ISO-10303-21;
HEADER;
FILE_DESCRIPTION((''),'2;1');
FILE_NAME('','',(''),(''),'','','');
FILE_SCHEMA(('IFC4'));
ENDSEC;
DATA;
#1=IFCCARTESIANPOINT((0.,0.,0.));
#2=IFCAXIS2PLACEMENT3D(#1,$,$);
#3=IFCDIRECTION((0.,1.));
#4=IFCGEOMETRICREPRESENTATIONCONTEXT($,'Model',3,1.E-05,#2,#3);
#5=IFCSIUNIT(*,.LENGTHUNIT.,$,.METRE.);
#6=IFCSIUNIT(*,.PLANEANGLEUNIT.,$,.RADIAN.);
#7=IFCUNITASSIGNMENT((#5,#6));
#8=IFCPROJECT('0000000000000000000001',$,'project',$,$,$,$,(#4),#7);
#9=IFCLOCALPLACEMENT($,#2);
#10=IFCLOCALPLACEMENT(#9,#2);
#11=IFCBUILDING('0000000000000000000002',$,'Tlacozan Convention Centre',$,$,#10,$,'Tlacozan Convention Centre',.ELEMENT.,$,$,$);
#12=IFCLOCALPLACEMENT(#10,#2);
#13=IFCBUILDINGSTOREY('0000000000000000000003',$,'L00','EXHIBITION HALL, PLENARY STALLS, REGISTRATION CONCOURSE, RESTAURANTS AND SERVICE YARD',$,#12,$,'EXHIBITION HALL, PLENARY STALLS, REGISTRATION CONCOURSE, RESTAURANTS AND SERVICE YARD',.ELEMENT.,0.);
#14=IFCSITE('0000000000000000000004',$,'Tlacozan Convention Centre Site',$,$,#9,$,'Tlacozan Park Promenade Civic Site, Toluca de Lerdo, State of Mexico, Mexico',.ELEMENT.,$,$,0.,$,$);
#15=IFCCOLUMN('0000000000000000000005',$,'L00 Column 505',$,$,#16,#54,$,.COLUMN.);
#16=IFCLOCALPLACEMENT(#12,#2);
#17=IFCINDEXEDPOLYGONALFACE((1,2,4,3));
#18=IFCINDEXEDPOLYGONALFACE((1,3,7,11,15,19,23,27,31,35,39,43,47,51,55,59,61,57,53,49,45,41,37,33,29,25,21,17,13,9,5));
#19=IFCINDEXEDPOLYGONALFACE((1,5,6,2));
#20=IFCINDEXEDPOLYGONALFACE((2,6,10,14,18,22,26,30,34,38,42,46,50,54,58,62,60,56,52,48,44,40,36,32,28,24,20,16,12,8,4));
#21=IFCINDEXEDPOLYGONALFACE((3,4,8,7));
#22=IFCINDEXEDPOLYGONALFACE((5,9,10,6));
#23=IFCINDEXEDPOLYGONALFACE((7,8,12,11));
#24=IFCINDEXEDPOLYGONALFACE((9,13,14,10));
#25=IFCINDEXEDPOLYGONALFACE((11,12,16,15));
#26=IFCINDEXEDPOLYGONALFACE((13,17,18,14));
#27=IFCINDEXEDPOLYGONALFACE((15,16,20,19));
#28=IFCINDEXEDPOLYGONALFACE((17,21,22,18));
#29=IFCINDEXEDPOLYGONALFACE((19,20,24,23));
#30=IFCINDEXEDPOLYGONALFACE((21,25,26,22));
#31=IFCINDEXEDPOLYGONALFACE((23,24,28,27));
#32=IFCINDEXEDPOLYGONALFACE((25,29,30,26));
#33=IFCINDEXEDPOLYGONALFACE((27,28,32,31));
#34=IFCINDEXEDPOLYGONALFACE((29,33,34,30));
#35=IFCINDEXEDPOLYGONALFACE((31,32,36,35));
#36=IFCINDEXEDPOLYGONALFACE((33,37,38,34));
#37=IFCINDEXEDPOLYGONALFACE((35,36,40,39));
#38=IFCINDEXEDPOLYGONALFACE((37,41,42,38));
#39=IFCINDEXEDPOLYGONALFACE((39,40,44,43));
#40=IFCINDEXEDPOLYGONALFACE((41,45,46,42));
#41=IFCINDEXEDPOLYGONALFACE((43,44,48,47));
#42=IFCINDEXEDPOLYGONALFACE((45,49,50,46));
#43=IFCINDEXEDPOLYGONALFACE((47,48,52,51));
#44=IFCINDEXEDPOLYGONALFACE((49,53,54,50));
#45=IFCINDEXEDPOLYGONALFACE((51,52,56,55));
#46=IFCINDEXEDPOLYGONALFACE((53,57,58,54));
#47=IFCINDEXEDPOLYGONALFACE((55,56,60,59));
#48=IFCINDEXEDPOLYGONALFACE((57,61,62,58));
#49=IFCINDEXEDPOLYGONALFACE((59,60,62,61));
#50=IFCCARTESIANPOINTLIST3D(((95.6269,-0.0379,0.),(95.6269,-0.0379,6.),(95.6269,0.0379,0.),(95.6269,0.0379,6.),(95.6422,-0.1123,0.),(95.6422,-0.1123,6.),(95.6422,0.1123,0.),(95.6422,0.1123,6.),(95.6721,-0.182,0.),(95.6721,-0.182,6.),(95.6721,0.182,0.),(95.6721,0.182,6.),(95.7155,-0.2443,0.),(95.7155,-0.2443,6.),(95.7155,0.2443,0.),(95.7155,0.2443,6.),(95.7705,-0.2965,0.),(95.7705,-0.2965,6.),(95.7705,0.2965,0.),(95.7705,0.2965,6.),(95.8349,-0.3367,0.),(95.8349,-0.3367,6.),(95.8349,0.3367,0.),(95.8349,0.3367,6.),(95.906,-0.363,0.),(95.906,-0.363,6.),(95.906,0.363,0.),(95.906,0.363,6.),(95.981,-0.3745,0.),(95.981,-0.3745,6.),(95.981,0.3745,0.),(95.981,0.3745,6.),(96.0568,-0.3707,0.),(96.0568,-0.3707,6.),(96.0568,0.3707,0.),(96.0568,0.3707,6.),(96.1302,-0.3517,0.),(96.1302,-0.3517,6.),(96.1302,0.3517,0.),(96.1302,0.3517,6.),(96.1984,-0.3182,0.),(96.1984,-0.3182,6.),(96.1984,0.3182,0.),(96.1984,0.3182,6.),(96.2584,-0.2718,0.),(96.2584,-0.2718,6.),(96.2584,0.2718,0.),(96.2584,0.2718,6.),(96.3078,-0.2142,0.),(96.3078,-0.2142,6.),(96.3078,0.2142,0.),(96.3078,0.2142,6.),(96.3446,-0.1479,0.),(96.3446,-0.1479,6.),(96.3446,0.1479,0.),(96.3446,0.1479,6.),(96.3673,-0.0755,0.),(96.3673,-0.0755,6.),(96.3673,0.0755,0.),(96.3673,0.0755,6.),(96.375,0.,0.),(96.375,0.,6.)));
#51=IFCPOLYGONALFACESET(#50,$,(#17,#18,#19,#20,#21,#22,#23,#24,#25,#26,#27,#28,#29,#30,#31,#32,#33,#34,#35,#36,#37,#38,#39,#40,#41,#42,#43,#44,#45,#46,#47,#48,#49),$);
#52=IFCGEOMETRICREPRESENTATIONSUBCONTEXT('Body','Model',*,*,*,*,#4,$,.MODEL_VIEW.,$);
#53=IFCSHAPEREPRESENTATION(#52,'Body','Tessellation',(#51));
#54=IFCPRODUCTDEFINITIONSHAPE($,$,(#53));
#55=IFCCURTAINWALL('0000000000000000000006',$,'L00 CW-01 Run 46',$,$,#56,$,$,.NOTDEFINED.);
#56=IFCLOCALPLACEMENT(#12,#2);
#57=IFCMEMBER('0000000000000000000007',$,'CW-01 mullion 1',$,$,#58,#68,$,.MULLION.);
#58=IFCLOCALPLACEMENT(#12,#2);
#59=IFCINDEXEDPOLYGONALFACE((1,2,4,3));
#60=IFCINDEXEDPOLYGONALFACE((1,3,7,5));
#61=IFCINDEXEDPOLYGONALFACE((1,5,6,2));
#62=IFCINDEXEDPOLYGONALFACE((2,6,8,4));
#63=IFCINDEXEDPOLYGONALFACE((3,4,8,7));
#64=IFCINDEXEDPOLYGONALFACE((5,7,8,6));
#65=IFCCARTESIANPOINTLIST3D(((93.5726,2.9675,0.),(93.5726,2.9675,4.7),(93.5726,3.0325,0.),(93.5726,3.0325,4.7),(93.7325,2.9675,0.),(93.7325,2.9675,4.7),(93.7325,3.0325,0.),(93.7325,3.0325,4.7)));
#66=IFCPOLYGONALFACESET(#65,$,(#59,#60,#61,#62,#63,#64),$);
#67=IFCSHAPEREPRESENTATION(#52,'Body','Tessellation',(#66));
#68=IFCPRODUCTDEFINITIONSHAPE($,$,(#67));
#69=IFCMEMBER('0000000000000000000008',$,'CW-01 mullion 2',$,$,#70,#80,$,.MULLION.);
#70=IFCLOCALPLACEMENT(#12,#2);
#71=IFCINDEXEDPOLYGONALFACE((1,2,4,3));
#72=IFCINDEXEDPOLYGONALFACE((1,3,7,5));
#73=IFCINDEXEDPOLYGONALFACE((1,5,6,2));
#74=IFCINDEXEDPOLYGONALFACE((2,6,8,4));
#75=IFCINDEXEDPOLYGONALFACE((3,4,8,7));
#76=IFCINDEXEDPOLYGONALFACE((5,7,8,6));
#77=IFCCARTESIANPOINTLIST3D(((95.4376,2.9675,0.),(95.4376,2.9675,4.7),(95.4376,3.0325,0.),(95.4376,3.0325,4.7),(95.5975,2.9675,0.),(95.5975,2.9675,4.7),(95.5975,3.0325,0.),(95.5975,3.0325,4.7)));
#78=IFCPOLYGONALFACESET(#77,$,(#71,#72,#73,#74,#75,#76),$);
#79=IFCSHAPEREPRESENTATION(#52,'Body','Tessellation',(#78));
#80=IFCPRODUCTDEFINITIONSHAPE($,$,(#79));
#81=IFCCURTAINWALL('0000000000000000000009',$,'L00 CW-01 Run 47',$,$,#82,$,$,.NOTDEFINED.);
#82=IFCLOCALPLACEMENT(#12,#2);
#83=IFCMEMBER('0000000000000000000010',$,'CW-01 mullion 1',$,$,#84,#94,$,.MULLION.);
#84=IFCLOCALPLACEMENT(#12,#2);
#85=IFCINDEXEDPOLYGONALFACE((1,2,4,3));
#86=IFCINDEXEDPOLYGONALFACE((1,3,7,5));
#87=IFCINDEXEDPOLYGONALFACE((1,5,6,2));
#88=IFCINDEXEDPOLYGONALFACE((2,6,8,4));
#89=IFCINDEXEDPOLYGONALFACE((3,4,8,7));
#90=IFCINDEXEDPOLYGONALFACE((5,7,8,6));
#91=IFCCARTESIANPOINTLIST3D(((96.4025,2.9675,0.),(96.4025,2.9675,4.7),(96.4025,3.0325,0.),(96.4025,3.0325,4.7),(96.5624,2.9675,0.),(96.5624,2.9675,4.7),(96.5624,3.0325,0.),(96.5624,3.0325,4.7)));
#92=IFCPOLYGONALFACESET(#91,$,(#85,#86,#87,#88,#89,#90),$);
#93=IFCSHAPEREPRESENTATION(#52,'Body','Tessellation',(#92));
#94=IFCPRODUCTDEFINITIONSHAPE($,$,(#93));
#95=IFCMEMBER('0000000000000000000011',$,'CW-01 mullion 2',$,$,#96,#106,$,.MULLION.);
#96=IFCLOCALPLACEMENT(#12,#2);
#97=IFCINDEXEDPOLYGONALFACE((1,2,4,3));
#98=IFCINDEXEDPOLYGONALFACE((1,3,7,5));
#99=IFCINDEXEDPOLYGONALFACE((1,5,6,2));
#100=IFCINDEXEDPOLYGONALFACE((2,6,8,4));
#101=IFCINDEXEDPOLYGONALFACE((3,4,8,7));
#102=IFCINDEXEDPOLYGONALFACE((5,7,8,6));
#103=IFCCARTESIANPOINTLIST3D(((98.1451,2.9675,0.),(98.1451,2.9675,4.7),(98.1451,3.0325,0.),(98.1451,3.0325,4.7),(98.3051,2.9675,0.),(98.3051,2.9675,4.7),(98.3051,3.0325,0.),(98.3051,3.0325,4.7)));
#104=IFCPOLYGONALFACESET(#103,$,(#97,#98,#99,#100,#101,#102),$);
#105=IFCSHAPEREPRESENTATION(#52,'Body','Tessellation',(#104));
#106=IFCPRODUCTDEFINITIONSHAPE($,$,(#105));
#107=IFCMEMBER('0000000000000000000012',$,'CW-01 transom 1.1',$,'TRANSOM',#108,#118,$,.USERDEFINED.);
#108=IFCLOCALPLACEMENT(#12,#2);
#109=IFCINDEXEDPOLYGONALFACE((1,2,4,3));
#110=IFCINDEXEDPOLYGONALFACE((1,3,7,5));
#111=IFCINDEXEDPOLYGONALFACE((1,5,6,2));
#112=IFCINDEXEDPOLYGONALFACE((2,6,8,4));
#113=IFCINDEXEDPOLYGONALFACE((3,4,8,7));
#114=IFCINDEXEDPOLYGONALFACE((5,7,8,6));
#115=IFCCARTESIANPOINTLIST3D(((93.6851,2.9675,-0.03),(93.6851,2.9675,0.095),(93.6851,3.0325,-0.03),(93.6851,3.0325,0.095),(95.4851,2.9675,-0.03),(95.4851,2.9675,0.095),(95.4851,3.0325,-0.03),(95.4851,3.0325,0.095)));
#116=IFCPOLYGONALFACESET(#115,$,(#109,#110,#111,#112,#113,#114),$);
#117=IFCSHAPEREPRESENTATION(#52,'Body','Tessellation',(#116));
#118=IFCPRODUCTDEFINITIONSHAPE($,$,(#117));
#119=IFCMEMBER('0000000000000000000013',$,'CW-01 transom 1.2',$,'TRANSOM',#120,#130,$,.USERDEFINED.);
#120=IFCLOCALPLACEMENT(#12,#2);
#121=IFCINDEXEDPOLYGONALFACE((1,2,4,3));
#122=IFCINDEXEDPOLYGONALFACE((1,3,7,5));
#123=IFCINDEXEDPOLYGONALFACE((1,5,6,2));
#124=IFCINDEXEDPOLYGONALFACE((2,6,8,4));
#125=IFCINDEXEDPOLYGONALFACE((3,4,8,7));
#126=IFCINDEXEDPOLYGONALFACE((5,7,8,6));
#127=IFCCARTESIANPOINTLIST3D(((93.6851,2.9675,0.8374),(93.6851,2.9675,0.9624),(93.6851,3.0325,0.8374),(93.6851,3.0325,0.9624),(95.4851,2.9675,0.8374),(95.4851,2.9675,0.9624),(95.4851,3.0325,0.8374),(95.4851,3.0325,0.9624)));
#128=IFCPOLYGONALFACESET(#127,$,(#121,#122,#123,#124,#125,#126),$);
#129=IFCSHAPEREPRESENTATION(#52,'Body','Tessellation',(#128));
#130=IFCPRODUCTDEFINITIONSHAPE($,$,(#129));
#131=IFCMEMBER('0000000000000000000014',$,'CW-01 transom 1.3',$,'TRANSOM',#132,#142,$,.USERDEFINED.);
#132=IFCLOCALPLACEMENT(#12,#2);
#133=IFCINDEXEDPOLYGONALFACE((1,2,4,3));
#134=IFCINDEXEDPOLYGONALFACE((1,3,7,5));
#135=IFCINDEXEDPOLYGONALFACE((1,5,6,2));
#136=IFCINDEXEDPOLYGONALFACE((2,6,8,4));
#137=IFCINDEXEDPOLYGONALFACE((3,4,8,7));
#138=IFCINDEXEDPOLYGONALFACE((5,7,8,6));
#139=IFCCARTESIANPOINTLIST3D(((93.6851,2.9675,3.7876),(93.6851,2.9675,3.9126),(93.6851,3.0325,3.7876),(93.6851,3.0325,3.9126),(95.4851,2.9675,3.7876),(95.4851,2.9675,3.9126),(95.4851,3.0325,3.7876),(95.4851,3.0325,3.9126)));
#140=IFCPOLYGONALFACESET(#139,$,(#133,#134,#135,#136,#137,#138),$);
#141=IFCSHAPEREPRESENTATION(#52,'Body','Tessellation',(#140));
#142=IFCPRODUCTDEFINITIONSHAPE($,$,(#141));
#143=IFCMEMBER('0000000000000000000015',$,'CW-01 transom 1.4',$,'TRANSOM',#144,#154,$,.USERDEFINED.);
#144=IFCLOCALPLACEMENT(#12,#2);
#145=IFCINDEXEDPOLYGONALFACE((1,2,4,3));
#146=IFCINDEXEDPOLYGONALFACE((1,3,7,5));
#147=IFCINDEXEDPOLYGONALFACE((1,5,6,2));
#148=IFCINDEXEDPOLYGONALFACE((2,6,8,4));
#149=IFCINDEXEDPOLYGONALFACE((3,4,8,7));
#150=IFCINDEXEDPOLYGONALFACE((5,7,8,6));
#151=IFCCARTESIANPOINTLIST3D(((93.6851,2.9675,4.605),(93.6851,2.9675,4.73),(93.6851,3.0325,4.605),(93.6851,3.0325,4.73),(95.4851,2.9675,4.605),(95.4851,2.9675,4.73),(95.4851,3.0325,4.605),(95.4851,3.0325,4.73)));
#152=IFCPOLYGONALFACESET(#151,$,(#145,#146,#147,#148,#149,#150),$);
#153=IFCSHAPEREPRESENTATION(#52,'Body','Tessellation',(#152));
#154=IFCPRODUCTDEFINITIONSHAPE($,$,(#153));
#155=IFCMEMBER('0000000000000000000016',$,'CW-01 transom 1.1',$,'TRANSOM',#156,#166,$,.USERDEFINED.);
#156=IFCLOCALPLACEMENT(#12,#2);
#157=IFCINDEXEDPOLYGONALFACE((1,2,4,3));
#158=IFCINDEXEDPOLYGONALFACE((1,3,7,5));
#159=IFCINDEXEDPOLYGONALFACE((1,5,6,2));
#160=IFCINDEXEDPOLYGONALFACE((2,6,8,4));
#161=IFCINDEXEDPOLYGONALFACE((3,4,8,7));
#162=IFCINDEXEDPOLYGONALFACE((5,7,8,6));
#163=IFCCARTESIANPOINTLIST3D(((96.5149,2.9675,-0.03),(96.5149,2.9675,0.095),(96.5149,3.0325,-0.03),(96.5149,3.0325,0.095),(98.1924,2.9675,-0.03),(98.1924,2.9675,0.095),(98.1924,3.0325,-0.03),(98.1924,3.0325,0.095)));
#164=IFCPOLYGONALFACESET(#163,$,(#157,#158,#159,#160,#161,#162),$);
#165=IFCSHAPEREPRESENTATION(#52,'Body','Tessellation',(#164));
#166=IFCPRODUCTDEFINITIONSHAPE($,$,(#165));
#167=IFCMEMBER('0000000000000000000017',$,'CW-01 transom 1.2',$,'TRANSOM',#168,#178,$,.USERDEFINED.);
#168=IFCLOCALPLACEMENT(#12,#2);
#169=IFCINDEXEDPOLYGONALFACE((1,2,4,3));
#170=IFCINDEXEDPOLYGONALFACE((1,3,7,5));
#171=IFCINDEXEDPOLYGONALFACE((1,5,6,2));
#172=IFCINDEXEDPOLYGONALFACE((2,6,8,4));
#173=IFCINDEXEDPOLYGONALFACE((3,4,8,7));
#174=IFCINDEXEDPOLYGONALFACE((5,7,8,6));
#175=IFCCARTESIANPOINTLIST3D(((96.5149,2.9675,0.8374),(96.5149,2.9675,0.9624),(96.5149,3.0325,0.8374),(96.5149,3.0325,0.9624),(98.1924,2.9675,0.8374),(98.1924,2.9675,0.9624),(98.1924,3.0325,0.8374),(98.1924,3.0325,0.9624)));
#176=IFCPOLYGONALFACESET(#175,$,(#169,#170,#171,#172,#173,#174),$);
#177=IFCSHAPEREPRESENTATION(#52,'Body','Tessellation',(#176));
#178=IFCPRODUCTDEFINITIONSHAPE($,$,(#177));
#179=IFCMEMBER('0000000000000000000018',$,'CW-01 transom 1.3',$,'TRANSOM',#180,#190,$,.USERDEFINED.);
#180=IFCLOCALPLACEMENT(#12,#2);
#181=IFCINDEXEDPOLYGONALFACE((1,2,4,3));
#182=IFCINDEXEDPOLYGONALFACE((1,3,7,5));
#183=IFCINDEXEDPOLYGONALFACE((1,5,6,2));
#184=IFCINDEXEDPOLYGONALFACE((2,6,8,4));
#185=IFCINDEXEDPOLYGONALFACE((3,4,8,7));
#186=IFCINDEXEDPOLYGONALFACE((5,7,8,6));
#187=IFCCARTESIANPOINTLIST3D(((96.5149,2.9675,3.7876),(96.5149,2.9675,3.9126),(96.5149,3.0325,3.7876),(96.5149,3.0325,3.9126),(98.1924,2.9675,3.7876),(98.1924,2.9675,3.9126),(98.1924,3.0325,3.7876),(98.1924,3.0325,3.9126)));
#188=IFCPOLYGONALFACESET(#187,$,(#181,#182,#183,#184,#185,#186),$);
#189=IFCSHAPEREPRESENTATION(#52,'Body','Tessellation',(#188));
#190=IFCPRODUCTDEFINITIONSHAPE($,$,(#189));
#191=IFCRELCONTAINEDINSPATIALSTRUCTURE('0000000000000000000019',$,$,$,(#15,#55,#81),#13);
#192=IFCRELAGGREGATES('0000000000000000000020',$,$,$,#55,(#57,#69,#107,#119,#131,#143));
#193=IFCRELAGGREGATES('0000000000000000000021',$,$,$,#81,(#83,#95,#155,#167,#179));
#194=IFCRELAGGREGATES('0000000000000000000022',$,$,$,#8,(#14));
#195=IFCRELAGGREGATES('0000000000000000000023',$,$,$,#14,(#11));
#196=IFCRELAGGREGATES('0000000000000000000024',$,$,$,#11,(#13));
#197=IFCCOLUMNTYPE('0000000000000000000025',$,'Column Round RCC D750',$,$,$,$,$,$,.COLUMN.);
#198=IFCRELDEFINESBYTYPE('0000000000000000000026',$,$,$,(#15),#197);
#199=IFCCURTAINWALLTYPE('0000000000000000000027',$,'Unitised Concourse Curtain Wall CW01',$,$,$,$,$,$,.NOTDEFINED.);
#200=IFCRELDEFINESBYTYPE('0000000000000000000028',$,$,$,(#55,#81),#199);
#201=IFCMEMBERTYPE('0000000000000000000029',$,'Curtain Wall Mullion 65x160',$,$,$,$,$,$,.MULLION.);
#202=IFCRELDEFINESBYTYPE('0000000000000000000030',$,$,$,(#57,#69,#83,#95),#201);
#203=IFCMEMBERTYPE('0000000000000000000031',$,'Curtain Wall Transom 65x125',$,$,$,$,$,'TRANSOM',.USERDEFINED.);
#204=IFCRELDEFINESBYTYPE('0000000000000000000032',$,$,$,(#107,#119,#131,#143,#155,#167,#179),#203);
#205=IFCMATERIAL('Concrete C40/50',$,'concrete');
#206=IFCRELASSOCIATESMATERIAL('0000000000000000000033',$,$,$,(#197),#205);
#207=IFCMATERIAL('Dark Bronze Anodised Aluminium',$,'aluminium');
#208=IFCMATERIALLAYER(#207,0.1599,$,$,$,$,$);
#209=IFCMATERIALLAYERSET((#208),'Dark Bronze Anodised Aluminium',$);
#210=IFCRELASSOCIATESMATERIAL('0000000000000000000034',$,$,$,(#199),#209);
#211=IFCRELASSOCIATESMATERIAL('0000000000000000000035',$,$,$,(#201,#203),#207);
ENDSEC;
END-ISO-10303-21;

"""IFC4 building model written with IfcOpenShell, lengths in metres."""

from ifc_helpers import new_model, si_unit, direction, frame, origin, origin_2d, place, context, subcontext, project, spatial, rectangle, circle, extrude, material, layer, layer_set, material_profile, profile_set, type_object, element, aggregate, save


model = new_model("IFC4")

# Units and contexts
model_context = context("Model", 3, precision=1e-05, world=origin(), true_north=direction((0.0, 1.0)))
body_context = subcontext(model_context, "Body", "Model", "MODEL_VIEW")
ifc_project = project(units=[si_unit("LENGTHUNIT", "METRE"), si_unit("PLANEANGLEUNIT", "RADIAN")], contexts=[model_context])

# Site, building, storey
site_placement = place(None, origin())
site = spatial("IfcSite", under=ifc_project, at=site_placement, Name="Tlacozan Convention Centre Site", LongName="Tlacozan Park Promenade Civic Site, Toluca de Lerdo, State of Mexico, Mexico", CompositionType="ELEMENT", RefElevation=0.0)
building_placement = place(site_placement, origin())
building = spatial("IfcBuilding", under=site, at=building_placement, Name="Tlacozan Convention Centre", LongName="Tlacozan Convention Centre", CompositionType="ELEMENT")
storey_placement = place(building_placement, origin())
storey = spatial("IfcBuildingStorey", under=building, at=storey_placement, Name="L00", Description="EXHIBITION HALL, PLENARY STALLS, REGISTRATION CONCOURSE, RESTAURANTS AND SERVICE YARD", LongName="EXHIBITION HALL, PLENARY STALLS, REGISTRATION CONCOURSE, RESTAURANTS AND SERVICE YARD", CompositionType="ELEMENT", Elevation=0.0)

# Column
ifc_material_1 = material(Name="Concrete C40/50", Category="concrete")
ifc_material_profile_1 = material_profile(ifc_material_1, circle(Radius=0.375, at=origin_2d()), Name="RCC D750")
ifc_profile_set_1 = profile_set([ifc_material_profile_1], Name="Concrete C40/50")
column_type = type_object("IfcColumnType", Name="Column Round RCC D750", PredefinedType="COLUMN", material=ifc_profile_set_1)
column_placement = place(storey_placement, frame((96.0, 0.0, 0.0), z_axis=(0.0, 0.0, 1.0), x_axis=(1.0, 0.0, 0.0)))
element("IfcColumn", 1, at=column_placement, inside=storey, type_object=column_type, Name="L00 Column 505", PredefinedType="COLUMN", context=body_context, shape_type="SweptSolid", body=[
    extrude(circle(Radius=0.375, at=origin_2d()), origin(), (0.0, 0.0, 1.0), 6.0),
])

# Curtain walls, members
ifc_material_2 = material(Name="Dark Bronze Anodised Aluminium", Category="aluminium")
ifc_layer_1 = layer(ifc_material_2, 0.1599)
ifc_layer_set_1 = layer_set([ifc_layer_1], Name="Dark Bronze Anodised Aluminium")
curtain_wall_type = type_object("IfcCurtainWallType", Name="Unitised Concourse Curtain Wall CW01", PredefinedType="NOTDEFINED", material=ifc_layer_set_1)
curtain_wall_1_placement = place(storey_placement, origin())
curtain_wall_1 = element("IfcCurtainWall", 2, at=curtain_wall_1_placement, inside=storey, type_object=curtain_wall_type, Name="L00 CW-01 Run 46", PredefinedType="NOTDEFINED")
ifc_material_profile_2 = material_profile(ifc_material_2, rectangle(XDim=0.0649, YDim=0.1599, at=origin_2d()), Name="ALU 65x160")
ifc_profile_set_2 = profile_set([ifc_material_profile_2], Name="Dark Bronze Anodised Aluminium")
member_type_1 = type_object("IfcMemberType", Name="Curtain Wall Mullion 65x160", PredefinedType="MULLION", material=ifc_profile_set_2)
member_1_placement = place(storey_placement, frame((93.6526, 3.0, 0.0), z_axis=(0.0, 0.0, 1.0), x_axis=(0.0, 1.0, 0.0)))
member_1 = element("IfcMember", 3, at=member_1_placement, type_object=member_type_1, Name="CW-01 mullion 1", PredefinedType="MULLION", context=body_context, shape_type="SweptSolid", body=[
    extrude(rectangle(XDim=0.0649, YDim=0.1599, at=origin_2d()), origin(), (0.0, 0.0, 1.0), 4.7),
])
member_2_placement = place(storey_placement, frame((95.5176, 3.0, 0.0), z_axis=(0.0, 0.0, 1.0), x_axis=(0.0, 1.0, 0.0)))
member_2 = element("IfcMember", 4, at=member_2_placement, type_object=member_type_1, Name="CW-01 mullion 2", PredefinedType="MULLION", context=body_context, shape_type="SweptSolid", body=[
    extrude(rectangle(XDim=0.0649, YDim=0.1599, at=origin_2d()), origin(), (0.0, 0.0, 1.0), 4.7),
])
curtain_wall_2_placement = place(storey_placement, origin())
curtain_wall_2 = element("IfcCurtainWall", 5, at=curtain_wall_2_placement, inside=storey, type_object=curtain_wall_type, Name="L00 CW-01 Run 47", PredefinedType="NOTDEFINED")
member_3_placement = place(storey_placement, frame((96.4824, 3.0, 0.0), z_axis=(0.0, 0.0, 1.0), x_axis=(0.0, 1.0, 0.0)))
member_3 = element("IfcMember", 6, at=member_3_placement, type_object=member_type_1, Name="CW-01 mullion 1", PredefinedType="MULLION", context=body_context, shape_type="SweptSolid", body=[
    extrude(rectangle(XDim=0.0649, YDim=0.1599, at=origin_2d()), origin(), (0.0, 0.0, 1.0), 4.7),
])
member_4_placement = place(storey_placement, frame((98.2251, 3.0, 0.0), z_axis=(0.0, 0.0, 1.0), x_axis=(0.0, 1.0, 0.0)))
member_4 = element("IfcMember", 7, at=member_4_placement, type_object=member_type_1, Name="CW-01 mullion 2", PredefinedType="MULLION", context=body_context, shape_type="SweptSolid", body=[
    extrude(rectangle(XDim=0.0649, YDim=0.1599, at=origin_2d()), origin(), (0.0, 0.0, 1.0), 4.7),
])

# Members
ifc_material_profile_3 = material_profile(ifc_material_2, rectangle(XDim=0.0649, YDim=0.125, at=origin_2d()), Name="ALU 65x125")
ifc_profile_set_3 = profile_set([ifc_material_profile_3], Name="Dark Bronze Anodised Aluminium")
member_type_2 = type_object("IfcMemberType", Name="Curtain Wall Transom 65x125", ElementType="TRANSOM", PredefinedType="USERDEFINED", material=ifc_profile_set_3)
member_5_placement = place(storey_placement, frame((93.6851, 3.0, 0.0325), z_axis=(1.0, 0.0, 0.0), x_axis=(0.0, 1.0, 0.0)))
member_5 = element("IfcMember", 8, at=member_5_placement, type_object=member_type_2, Name="CW-01 transom 1.1", ObjectType="TRANSOM", PredefinedType="USERDEFINED", context=body_context, shape_type="SweptSolid", body=[
    extrude(rectangle(XDim=0.0649, YDim=0.125, at=origin_2d()), origin(), (0.0, 0.0, 1.0), 1.8),
])
member_6_placement = place(storey_placement, frame((93.6851, 3.0, 0.8999), z_axis=(1.0, 0.0, 0.0), x_axis=(0.0, 1.0, 0.0)))
member_6 = element("IfcMember", 9, at=member_6_placement, type_object=member_type_2, Name="CW-01 transom 1.2", ObjectType="TRANSOM", PredefinedType="USERDEFINED", context=body_context, shape_type="SweptSolid", body=[
    extrude(rectangle(XDim=0.0649, YDim=0.125, at=origin_2d()), origin(), (0.0, 0.0, 1.0), 1.8),
])
member_7_placement = place(storey_placement, frame((93.6851, 3.0, 3.8501), z_axis=(1.0, 0.0, 0.0), x_axis=(0.0, 1.0, 0.0)))
member_7 = element("IfcMember", 10, at=member_7_placement, type_object=member_type_2, Name="CW-01 transom 1.3", ObjectType="TRANSOM", PredefinedType="USERDEFINED", context=body_context, shape_type="SweptSolid", body=[
    extrude(rectangle(XDim=0.0649, YDim=0.125, at=origin_2d()), origin(), (0.0, 0.0, 1.0), 1.8),
])
member_8_placement = place(storey_placement, frame((93.6851, 3.0, 4.6675), z_axis=(1.0, 0.0, 0.0), x_axis=(0.0, 1.0, 0.0)))
member_8 = element("IfcMember", 11, at=member_8_placement, type_object=member_type_2, Name="CW-01 transom 1.4", ObjectType="TRANSOM", PredefinedType="USERDEFINED", context=body_context, shape_type="SweptSolid", body=[
    extrude(rectangle(XDim=0.0649, YDim=0.125, at=origin_2d()), origin(), (0.0, 0.0, 1.0), 1.8),
])
member_9_placement = place(storey_placement, frame((96.5149, 3.0, 0.0325), z_axis=(1.0, 0.0, 0.0), x_axis=(0.0, 1.0, 0.0)))
member_9 = element("IfcMember", 12, at=member_9_placement, type_object=member_type_2, Name="CW-01 transom 1.1", ObjectType="TRANSOM", PredefinedType="USERDEFINED", context=body_context, shape_type="SweptSolid", body=[
    extrude(rectangle(XDim=0.0649, YDim=0.125, at=origin_2d()), origin(), (0.0, 0.0, 1.0), 1.6775),
])
member_10_placement = place(storey_placement, frame((96.5149, 3.0, 0.8999), z_axis=(1.0, 0.0, 0.0), x_axis=(0.0, 1.0, 0.0)))
member_10 = element("IfcMember", 13, at=member_10_placement, type_object=member_type_2, Name="CW-01 transom 1.2", ObjectType="TRANSOM", PredefinedType="USERDEFINED", context=body_context, shape_type="SweptSolid", body=[
    extrude(rectangle(XDim=0.0649, YDim=0.125, at=origin_2d()), origin(), (0.0, 0.0, 1.0), 1.6775),
])
member_11_placement = place(storey_placement, frame((96.5149, 3.0, 3.8501), z_axis=(1.0, 0.0, 0.0), x_axis=(0.0, 1.0, 0.0)))
member_11 = element("IfcMember", 14, at=member_11_placement, type_object=member_type_2, Name="CW-01 transom 1.3", ObjectType="TRANSOM", PredefinedType="USERDEFINED", context=body_context, shape_type="SweptSolid", body=[
    extrude(rectangle(XDim=0.0649, YDim=0.125, at=origin_2d()), origin(), (0.0, 0.0, 1.0), 1.6775),
])

aggregate(curtain_wall_1, [member_1, member_2, member_5, member_6, member_7, member_8])
aggregate(curtain_wall_2, [member_3, member_4, member_9, member_10, member_11])

save(model, "model.ifc")
